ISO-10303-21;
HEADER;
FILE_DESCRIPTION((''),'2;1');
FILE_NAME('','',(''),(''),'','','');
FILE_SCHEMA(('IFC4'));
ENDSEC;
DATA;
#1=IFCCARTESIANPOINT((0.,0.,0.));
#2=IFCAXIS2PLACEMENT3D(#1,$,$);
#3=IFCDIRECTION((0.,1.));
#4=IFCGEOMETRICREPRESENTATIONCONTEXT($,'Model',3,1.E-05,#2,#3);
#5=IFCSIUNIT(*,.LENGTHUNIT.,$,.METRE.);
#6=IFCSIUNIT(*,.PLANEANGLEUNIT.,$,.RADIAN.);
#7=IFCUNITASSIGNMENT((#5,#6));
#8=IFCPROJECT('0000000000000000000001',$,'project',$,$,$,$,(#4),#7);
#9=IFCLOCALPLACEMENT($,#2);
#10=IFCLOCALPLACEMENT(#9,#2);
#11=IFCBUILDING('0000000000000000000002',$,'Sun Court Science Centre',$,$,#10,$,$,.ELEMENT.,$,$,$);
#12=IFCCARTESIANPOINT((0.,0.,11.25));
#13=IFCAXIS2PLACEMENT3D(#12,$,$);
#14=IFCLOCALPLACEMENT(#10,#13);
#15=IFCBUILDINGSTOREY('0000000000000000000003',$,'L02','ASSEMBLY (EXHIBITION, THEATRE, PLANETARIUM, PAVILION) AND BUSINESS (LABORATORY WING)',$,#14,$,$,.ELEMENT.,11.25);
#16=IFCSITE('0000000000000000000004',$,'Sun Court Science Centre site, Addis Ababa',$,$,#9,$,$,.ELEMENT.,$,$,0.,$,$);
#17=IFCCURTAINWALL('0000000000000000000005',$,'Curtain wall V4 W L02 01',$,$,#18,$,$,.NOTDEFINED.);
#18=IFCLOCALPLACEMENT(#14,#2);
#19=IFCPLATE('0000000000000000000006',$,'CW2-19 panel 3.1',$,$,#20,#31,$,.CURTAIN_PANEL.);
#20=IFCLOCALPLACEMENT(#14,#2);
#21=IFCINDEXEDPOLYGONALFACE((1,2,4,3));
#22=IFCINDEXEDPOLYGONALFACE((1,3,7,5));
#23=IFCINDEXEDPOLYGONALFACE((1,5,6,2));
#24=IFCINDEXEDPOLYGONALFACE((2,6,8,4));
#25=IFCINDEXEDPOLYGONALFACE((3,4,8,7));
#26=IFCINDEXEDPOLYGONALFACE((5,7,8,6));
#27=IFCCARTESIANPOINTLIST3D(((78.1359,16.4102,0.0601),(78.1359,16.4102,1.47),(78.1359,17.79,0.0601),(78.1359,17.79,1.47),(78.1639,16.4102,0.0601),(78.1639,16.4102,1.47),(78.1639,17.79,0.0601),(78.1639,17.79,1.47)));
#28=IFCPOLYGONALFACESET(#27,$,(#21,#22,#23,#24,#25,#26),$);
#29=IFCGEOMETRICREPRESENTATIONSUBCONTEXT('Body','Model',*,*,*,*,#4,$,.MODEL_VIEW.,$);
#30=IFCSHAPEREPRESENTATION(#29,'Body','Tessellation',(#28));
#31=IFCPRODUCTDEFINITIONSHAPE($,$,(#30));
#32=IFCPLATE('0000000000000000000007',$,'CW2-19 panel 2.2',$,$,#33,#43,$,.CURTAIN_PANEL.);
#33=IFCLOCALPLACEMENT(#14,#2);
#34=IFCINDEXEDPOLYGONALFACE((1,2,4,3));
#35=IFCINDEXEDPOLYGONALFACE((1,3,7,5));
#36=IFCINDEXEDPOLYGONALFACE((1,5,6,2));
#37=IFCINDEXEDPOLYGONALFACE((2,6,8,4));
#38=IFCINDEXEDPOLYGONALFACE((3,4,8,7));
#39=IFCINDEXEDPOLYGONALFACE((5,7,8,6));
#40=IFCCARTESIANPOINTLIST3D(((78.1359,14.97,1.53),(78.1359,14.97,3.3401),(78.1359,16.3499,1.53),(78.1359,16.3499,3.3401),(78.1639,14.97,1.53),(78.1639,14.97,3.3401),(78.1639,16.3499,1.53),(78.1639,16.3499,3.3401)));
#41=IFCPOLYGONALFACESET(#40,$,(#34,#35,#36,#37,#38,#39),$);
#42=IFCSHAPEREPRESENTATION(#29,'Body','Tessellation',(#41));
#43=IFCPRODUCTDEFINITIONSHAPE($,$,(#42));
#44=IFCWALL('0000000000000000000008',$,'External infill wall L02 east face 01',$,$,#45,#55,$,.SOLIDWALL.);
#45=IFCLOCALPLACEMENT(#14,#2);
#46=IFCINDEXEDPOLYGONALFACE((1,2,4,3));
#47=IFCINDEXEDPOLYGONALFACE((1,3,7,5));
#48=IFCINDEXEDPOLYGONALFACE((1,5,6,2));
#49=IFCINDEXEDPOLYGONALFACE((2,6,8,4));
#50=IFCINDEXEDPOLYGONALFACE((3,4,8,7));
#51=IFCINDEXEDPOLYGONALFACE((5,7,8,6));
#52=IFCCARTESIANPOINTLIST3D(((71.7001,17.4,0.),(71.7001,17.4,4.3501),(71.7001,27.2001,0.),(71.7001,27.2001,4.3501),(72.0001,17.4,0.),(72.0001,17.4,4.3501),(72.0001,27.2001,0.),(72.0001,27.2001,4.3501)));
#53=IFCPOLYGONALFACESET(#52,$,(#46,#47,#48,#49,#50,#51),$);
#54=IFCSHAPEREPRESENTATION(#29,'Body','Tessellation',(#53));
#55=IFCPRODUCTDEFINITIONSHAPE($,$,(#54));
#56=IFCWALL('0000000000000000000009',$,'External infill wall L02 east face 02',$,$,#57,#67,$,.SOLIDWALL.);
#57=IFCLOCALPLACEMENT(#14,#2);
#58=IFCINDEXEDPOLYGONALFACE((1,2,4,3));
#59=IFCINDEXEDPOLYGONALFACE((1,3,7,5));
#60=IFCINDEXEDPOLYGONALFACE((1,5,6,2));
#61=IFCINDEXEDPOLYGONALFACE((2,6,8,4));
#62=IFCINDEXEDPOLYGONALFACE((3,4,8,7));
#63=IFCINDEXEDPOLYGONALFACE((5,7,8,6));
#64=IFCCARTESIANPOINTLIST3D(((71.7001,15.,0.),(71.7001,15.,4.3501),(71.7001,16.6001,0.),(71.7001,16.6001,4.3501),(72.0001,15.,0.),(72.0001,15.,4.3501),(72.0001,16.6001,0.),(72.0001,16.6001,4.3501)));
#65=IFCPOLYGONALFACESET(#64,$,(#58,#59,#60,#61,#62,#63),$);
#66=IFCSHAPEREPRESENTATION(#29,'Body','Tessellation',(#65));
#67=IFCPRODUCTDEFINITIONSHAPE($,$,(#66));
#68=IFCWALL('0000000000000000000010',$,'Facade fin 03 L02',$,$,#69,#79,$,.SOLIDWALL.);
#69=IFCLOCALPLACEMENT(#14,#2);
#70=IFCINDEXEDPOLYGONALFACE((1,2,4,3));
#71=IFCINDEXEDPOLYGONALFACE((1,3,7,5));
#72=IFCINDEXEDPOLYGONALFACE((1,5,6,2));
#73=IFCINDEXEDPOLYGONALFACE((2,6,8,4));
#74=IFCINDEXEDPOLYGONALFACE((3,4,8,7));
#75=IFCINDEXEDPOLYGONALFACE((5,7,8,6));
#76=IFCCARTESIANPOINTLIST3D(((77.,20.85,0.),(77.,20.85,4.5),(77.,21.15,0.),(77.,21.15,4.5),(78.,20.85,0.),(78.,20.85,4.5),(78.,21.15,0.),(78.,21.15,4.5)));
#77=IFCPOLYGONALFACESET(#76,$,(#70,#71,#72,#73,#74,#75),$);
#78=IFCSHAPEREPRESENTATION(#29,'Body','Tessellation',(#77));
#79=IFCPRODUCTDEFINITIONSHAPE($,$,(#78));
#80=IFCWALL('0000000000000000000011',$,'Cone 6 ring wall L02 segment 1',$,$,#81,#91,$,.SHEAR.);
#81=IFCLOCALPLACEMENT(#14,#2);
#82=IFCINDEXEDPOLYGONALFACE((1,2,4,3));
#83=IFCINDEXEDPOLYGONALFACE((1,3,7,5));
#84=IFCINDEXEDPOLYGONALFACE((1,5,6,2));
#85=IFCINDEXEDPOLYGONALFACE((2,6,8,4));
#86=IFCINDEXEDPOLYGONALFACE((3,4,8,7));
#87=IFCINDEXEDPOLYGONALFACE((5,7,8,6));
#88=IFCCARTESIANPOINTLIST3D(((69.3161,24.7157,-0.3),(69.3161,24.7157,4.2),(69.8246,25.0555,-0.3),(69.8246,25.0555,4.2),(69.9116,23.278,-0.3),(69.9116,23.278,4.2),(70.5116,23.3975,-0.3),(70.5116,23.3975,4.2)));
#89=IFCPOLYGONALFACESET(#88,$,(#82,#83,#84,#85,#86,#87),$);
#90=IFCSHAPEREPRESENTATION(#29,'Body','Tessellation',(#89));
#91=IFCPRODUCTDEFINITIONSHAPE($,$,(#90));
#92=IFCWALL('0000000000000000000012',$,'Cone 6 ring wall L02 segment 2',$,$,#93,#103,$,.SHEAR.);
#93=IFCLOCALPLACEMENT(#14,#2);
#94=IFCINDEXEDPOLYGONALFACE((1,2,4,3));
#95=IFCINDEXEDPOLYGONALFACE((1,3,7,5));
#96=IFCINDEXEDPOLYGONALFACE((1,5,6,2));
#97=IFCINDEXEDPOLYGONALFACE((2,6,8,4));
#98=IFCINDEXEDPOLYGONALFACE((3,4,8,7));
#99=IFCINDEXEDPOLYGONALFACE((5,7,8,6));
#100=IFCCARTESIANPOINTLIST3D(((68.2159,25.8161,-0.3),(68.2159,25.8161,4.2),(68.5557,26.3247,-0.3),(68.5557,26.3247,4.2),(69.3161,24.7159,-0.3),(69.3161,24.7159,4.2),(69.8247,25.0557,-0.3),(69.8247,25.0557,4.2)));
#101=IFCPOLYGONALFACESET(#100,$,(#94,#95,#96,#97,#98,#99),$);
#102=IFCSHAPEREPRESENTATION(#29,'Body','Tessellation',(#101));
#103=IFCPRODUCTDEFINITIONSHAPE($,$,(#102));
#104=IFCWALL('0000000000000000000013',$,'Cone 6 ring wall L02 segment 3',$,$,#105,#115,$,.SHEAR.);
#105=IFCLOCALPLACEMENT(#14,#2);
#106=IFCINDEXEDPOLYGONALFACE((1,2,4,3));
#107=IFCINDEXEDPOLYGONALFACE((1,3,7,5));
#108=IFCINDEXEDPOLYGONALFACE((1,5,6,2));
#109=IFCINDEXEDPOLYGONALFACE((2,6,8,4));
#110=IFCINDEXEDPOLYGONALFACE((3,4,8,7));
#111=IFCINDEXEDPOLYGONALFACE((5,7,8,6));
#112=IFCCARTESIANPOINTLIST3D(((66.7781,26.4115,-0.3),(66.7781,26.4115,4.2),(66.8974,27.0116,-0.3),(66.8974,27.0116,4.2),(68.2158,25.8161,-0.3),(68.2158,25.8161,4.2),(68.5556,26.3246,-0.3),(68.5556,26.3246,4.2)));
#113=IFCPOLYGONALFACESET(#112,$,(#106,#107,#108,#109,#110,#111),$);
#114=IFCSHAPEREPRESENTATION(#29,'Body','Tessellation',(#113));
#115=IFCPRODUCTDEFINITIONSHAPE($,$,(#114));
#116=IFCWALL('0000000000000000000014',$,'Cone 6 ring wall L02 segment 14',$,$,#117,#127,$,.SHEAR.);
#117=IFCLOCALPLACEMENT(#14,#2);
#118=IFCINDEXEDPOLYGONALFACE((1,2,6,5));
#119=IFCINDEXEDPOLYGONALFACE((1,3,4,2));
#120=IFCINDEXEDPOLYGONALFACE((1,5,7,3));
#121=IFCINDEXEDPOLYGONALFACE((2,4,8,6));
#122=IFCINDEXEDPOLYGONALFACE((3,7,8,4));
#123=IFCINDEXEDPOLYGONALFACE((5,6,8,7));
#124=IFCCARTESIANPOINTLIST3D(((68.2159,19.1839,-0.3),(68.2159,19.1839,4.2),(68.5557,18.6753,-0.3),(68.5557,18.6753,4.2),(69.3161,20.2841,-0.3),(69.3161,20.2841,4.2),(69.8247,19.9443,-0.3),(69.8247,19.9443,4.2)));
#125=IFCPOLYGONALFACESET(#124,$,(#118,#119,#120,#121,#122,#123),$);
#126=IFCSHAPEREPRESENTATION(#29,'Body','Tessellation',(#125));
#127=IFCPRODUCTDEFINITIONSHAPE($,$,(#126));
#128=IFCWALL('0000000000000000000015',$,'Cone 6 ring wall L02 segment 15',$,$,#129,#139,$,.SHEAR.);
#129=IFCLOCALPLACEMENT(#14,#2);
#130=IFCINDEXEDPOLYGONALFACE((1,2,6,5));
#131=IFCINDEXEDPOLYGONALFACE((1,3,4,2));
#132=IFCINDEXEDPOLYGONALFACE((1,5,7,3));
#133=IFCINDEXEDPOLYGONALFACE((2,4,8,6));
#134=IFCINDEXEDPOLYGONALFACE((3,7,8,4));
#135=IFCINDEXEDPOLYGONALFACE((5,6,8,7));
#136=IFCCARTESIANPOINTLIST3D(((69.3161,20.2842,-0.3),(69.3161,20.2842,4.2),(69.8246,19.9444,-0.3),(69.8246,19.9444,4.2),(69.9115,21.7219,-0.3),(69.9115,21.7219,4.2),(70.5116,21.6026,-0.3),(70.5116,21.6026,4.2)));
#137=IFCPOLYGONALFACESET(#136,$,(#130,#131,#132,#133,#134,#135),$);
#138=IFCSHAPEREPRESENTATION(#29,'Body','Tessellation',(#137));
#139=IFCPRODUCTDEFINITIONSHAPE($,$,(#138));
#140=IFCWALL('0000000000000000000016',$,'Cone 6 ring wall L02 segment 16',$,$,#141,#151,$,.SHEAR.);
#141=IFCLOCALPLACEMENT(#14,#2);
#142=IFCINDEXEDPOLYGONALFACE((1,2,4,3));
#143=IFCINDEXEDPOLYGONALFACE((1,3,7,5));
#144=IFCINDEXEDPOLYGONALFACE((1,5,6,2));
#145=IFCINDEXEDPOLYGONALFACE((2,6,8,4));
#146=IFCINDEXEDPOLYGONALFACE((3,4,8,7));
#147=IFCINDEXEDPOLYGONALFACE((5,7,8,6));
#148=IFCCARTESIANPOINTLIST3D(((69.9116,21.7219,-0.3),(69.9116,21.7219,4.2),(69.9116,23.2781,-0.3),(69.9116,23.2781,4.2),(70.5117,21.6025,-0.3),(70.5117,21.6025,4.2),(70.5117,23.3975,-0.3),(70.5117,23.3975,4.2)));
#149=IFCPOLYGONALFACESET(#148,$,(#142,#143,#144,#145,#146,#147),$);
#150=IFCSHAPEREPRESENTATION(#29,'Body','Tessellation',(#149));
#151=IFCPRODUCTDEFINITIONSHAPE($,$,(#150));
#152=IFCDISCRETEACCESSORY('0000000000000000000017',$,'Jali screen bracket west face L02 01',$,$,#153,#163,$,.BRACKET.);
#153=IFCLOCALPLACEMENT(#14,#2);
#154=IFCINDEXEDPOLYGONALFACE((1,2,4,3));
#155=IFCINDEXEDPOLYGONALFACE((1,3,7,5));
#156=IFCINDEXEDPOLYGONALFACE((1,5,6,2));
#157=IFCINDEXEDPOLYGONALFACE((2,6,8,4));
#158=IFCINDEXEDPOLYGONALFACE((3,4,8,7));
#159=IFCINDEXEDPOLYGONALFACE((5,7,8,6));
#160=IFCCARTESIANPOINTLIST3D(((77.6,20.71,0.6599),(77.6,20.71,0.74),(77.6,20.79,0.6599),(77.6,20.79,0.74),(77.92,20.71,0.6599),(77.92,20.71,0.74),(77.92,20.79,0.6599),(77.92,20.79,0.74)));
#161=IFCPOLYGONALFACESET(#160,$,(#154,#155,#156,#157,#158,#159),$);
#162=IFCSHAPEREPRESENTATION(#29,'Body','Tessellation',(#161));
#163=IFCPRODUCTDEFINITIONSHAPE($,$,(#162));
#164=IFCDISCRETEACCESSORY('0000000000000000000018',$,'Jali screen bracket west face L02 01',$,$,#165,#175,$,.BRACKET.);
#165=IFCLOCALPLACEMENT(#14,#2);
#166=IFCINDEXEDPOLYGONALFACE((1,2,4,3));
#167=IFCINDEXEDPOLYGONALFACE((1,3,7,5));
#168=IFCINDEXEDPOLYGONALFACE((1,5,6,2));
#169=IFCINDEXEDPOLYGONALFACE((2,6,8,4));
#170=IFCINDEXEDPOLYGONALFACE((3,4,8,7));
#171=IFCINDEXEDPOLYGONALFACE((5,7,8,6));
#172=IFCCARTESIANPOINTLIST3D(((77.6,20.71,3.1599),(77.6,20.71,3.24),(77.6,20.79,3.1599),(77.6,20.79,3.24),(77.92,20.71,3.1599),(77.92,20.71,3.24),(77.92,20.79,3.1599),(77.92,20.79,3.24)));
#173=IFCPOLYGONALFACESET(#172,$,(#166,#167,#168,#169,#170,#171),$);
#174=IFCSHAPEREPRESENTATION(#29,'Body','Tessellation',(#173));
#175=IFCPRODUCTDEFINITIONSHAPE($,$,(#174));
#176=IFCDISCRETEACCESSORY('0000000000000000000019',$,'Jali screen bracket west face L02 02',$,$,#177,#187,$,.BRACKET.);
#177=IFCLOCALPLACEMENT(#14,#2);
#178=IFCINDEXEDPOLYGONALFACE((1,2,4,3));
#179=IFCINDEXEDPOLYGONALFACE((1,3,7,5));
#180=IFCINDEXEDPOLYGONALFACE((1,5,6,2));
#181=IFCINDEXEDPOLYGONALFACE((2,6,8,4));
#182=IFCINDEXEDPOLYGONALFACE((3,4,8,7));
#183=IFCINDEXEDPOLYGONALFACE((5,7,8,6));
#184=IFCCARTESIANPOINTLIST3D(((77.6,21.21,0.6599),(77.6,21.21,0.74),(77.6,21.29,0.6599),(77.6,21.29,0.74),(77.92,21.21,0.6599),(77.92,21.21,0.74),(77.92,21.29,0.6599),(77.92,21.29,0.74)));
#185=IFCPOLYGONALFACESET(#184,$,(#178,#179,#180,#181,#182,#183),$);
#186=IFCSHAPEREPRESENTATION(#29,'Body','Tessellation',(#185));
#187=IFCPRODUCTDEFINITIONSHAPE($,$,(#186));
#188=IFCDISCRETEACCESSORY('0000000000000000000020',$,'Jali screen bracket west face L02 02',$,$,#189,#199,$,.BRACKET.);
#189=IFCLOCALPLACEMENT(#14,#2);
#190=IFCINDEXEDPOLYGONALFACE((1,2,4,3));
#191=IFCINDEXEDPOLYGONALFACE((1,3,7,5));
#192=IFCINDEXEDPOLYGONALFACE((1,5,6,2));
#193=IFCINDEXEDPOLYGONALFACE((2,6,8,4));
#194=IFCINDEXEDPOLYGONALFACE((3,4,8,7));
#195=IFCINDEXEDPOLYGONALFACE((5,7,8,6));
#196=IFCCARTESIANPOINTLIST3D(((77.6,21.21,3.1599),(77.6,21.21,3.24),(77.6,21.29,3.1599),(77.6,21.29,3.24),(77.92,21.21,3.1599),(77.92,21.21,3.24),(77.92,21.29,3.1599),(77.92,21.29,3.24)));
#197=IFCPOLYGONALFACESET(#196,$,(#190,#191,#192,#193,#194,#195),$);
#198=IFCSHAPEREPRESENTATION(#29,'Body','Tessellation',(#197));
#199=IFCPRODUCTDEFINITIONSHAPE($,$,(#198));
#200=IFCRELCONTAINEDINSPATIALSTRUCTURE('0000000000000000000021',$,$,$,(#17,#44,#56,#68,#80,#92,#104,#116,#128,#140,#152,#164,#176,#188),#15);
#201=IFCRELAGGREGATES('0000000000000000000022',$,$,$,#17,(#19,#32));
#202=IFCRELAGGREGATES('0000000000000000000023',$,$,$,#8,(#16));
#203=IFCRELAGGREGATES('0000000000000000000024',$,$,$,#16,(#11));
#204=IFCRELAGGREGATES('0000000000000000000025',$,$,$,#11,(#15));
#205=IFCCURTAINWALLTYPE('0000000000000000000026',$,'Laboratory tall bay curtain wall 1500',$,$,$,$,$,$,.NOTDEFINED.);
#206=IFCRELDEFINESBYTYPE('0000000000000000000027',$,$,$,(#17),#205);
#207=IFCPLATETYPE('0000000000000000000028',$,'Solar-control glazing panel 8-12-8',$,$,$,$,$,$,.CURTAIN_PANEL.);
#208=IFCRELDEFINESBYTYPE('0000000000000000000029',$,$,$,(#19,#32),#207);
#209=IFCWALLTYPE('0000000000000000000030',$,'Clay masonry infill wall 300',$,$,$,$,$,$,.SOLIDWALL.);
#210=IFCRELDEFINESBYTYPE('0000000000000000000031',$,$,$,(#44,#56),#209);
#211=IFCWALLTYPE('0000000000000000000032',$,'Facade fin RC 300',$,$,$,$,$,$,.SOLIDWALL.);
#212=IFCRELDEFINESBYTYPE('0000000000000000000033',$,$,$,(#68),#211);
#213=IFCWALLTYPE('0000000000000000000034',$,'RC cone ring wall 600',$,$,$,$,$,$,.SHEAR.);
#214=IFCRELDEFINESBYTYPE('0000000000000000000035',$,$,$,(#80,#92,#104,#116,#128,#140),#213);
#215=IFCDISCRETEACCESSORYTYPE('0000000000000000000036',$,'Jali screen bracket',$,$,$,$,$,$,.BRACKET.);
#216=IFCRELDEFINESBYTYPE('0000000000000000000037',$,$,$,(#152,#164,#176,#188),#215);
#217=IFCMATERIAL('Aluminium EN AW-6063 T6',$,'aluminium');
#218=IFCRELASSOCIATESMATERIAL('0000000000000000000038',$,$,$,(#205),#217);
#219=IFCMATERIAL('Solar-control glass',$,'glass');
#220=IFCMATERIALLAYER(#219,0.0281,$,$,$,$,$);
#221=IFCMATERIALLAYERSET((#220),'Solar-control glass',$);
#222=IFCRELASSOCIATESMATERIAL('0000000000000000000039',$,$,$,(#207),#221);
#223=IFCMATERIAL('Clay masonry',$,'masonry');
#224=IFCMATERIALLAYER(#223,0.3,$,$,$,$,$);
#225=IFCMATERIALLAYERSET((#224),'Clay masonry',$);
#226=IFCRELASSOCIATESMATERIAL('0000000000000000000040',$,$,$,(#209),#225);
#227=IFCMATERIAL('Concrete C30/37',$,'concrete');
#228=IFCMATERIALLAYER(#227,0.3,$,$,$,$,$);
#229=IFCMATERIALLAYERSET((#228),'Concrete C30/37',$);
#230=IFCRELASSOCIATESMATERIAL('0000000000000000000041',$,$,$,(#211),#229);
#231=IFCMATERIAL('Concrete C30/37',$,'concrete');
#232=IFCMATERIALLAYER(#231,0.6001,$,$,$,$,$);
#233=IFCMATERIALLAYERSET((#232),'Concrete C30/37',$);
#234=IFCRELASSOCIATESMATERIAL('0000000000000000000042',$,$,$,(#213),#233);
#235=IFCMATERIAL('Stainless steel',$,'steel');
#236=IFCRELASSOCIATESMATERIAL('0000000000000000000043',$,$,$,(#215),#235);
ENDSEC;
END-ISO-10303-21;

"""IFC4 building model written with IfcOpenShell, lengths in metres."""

from ifc_helpers import new_model, si_unit, direction, frame, frame_2d, origin, origin_2d, place, context, subcontext, project, spatial, polyline, rectangle, outline, extrude, material, layer, layer_set, type_object, element, aggregate, save


model = new_model("IFC4")

# Units and contexts
model_context = context("Model", 3, precision=1e-05, world=origin(), true_north=direction((0.0, 1.0)))
body_context = subcontext(model_context, "Body", "Model", "MODEL_VIEW")
ifc_project = project(units=[si_unit("LENGTHUNIT", "METRE"), si_unit("PLANEANGLEUNIT", "RADIAN")], contexts=[model_context])

# Site, building, storey
site_placement = place(None, origin())
site = spatial("IfcSite", under=ifc_project, at=site_placement, Name="Sun Court Science Centre site, Addis Ababa", CompositionType="ELEMENT", RefElevation=0.0)
building_placement = place(site_placement, origin())
building = spatial("IfcBuilding", under=site, at=building_placement, Name="Sun Court Science Centre", CompositionType="ELEMENT")
storey_placement = place(building_placement, frame((0.0, 0.0, 11.25)))
storey = spatial("IfcBuildingStorey", under=building, at=storey_placement, Name="L02", Description="ASSEMBLY (EXHIBITION, THEATRE, PLANETARIUM, PAVILION) AND BUSINESS (LABORATORY WING)", CompositionType="ELEMENT", Elevation=11.25)

# Curtain wall
ifc_material_1 = material(Name="Aluminium EN AW-6063 T6", Category="aluminium")
curtain_wall_type = type_object("IfcCurtainWallType", Name="Laboratory tall bay curtain wall 1500", PredefinedType="NOTDEFINED", material=ifc_material_1)
curtain_wall_placement = place(storey_placement, origin())
curtain_wall = element("IfcCurtainWall", 1, at=curtain_wall_placement, inside=storey, type_object=curtain_wall_type, Name="Curtain wall V4 W L02 01", PredefinedType="NOTDEFINED")

# Plates
ifc_material_2 = material(Name="Solar-control glass", Category="glass")
ifc_layer_1 = layer(ifc_material_2, 0.0281)
ifc_layer_set_1 = layer_set([ifc_layer_1], Name="Solar-control glass")
plate_type = type_object("IfcPlateType", Name="Solar-control glazing panel 8-12-8", PredefinedType="CURTAIN_PANEL", material=ifc_layer_set_1)
plate_1_placement = place(storey_placement, frame((78.1499, 17.1001, 0.0601), z_axis=(0.0, 0.0, 1.0), x_axis=(0.0, 1.0, 0.0)))
plate_1 = element("IfcPlate", 2, at=plate_1_placement, type_object=plate_type, Name="CW2-19 panel 3.1", PredefinedType="CURTAIN_PANEL", context=body_context, shape_type="SweptSolid", body=[
    extrude(rectangle(XDim=1.3799, YDim=0.0281, at=origin_2d()), origin(), (0.0, 0.0, 1.0), 1.4099),
])
plate_2_placement = place(storey_placement, frame((78.1499, 15.6599, 1.53), z_axis=(0.0, 0.0, 1.0), x_axis=(0.0, 1.0, 0.0)))
plate_2 = element("IfcPlate", 3, at=plate_2_placement, type_object=plate_type, Name="CW2-19 panel 2.2", PredefinedType="CURTAIN_PANEL", context=body_context, shape_type="SweptSolid", body=[
    extrude(rectangle(XDim=1.3799, YDim=0.0281, at=origin_2d()), origin(), (0.0, 0.0, 1.0), 1.8101),
])
aggregate(curtain_wall, [plate_1, plate_2])

# Walls
ifc_material_3 = material(Name="Clay masonry", Category="masonry")
ifc_layer_2 = layer(ifc_material_3, 0.3)
ifc_layer_set_2 = layer_set([ifc_layer_2], Name="Clay masonry")
wall_type_1 = type_object("IfcWallType", Name="Clay masonry infill wall 300", PredefinedType="SOLIDWALL", material=ifc_layer_set_2)
wall_1_placement = place(storey_placement, frame((71.8501, 27.2, 0.0), z_axis=(0.0, 0.0, 1.0), x_axis=(0.0, -1.0, 0.0)))
element("IfcWall", 4, at=wall_1_placement, inside=storey, type_object=wall_type_1, Name="External infill wall L02 east face 01", PredefinedType="SOLIDWALL", context=body_context, shape_type="SweptSolid", body=[
    extrude(rectangle(XDim=9.8, YDim=0.3, at=frame_2d((4.8999, 0.0))), origin(), (0.0, 0.0, 1.0), 4.3501),
])
wall_2_placement = place(storey_placement, frame((71.8501, 16.6001, 0.0), z_axis=(0.0, 0.0, 1.0), x_axis=(0.0, -1.0, 0.0)))
element("IfcWall", 5, at=wall_2_placement, inside=storey, type_object=wall_type_1, Name="External infill wall L02 east face 02", PredefinedType="SOLIDWALL", context=body_context, shape_type="SweptSolid", body=[
    extrude(rectangle(XDim=1.6001, YDim=0.3, at=frame_2d((0.8, 0.0))), origin(), (0.0, 0.0, 1.0), 4.3501),
])
ifc_material_4 = material(Name="Concrete C30/37", Category="concrete")
ifc_layer_3 = layer(ifc_material_4, 0.3)
ifc_layer_set_3 = layer_set([ifc_layer_3], Name="Concrete C30/37")
wall_type_2 = type_object("IfcWallType", Name="Facade fin RC 300", PredefinedType="SOLIDWALL", material=ifc_layer_set_3)
wall_3_placement = place(storey_placement, frame((77.0, 21.0, 0.0), z_axis=(0.0, 0.0, 1.0), x_axis=(1.0, 0.0, 0.0)))
element("IfcWall", 6, at=wall_3_placement, inside=storey, type_object=wall_type_2, Name="Facade fin 03 L02", PredefinedType="SOLIDWALL", context=body_context, shape_type="SweptSolid", body=[
    extrude(rectangle(XDim=1.0, YDim=0.3, at=frame_2d((0.5, 0.0))), origin(), (0.0, 0.0, 1.0), 4.5),
])
ifc_material_5 = material(Name="Concrete C30/37", Category="concrete")
ifc_layer_4 = layer(ifc_material_5, 0.6001)
ifc_layer_set_4 = layer_set([ifc_layer_4], Name="Concrete C30/37")
wall_type_3 = type_object("IfcWallType", Name="RC cone ring wall 600", PredefinedType="SHEAR", material=ifc_layer_set_4)
wall_4_placement = place(storey_placement, frame((70.2344, 23.2827, -0.3), z_axis=(0.0, 0.0, 1.0), x_axis=(-0.382644, 0.923896, 0.0)))
element("IfcWall", 7, at=wall_4_placement, inside=storey, type_object=wall_type_3, Name="Cone 6 ring wall L02 segment 1", PredefinedType="SHEAR", context=body_context, shape_type="SweptSolid", body=[
    extrude(outline(polyline([(0.0, -0.3), (1.7947, -0.2998), (1.6753, 0.3), (0.1191, 0.3), (0.0, -0.3)])), origin(), (0.0, 0.0, 1.0), 4.5),
])
wall_5_placement = place(storey_placement, frame((69.6125, 24.8435, -0.3), z_axis=(0.0, 0.0, 1.0), x_axis=(-0.707107, 0.707107, 0.0)))
element("IfcWall", 8, at=wall_5_placement, inside=storey, type_object=wall_type_3, Name="Cone 6 ring wall L02 segment 2", PredefinedType="SHEAR", context=body_context, shape_type="SweptSolid", body=[
    extrude(outline(polyline([(0.0, -0.3), (1.7947, -0.3), (1.6753, 0.2998), (0.1194, 0.2998), (0.0, -0.3)])), origin(), (0.0, 0.0, 1.0), 4.5),
])
wall_6_placement = place(storey_placement, frame((68.4409, 26.0476, -0.3), z_axis=(0.0, 0.0, 1.0), x_axis=(-0.923896, 0.382644, 0.0)))
element("IfcWall", 9, at=wall_6_placement, inside=storey, type_object=wall_type_3, Name="Cone 6 ring wall L02 segment 3", PredefinedType="SHEAR", context=body_context, shape_type="SweptSolid", body=[
    extrude(outline(polyline([(0.0, -0.2998), (1.7949, -0.3), (1.6755, 0.3), (0.1194, 0.3), (0.0, -0.2998)])), origin(), (0.0, 0.0, 1.0), 4.5),
])
wall_7_placement = place(storey_placement, frame((68.3435, 18.8875, -0.3), z_axis=(0.0, 0.0, 1.0), x_axis=(0.707107, 0.707107, 0.0)))
element("IfcWall", 10, at=wall_7_placement, inside=storey, type_object=wall_type_3, Name="Cone 6 ring wall L02 segment 14", PredefinedType="SHEAR", context=body_context, shape_type="SweptSolid", body=[
    extrude(outline(polyline([(0.0, -0.3), (1.7947, -0.3), (1.6753, 0.2998), (0.1194, 0.2998), (0.0, -0.3)])), origin(), (0.0, 0.0, 1.0), 4.5),
])
wall_8_placement = place(storey_placement, frame((69.5476, 20.0591, -0.3), z_axis=(0.0, 0.0, 1.0), x_axis=(0.382644, 0.923896, 0.0)))
element("IfcWall", 11, at=wall_8_placement, inside=storey, type_object=wall_type_3, Name="Cone 6 ring wall L02 segment 15", PredefinedType="SHEAR", context=body_context, shape_type="SweptSolid", body=[
    extrude(outline(polyline([(0.0, -0.2998), (1.7949, -0.3), (1.6755, 0.3), (0.1194, 0.3), (0.0, -0.2998)])), origin(), (0.0, 0.0, 1.0), 4.5),
])
wall_9_placement = place(storey_placement, frame((70.2117, 21.6025, -0.3), z_axis=(0.0, 0.0, 1.0), x_axis=(0.0, 1.0, 0.0)))
element("IfcWall", 12, at=wall_9_placement, inside=storey, type_object=wall_type_3, Name="Cone 6 ring wall L02 segment 16", PredefinedType="SHEAR", context=body_context, shape_type="SweptSolid", body=[
    extrude(outline(polyline([(0.0, -0.3), (1.7949, -0.3), (1.6755, 0.3), (0.1194, 0.3), (0.0, -0.3)])), origin(), (0.0, 0.0, 1.0), 4.5),
])

# Discrete accessories
ifc_material_6 = material(Name="Stainless steel", Category="steel")
discrete_accessory_type = type_object("IfcDiscreteAccessoryType", Name="Jali screen bracket", PredefinedType="BRACKET", material=ifc_material_6)
for number, where, z_axis, x_axis, name in (
    (13, (77.76, 20.75, 0.6599), (0.0, 0.0, 1.0), (0.0, 1.0, 0.0), "Jali screen bracket west face L02 01"),
    (14, (77.76, 20.75, 3.1599), (0.0, 0.0, 1.0), (0.0, 1.0, 0.0), "Jali screen bracket west face L02 01"),
    (15, (77.76, 21.25, 0.6599), (0.0, 0.0, 1.0), (0.0, 1.0, 0.0), "Jali screen bracket west face L02 02"),
    (16, (77.76, 21.25, 3.1599), (0.0, 0.0, 1.0), (0.0, 1.0, 0.0), "Jali screen bracket west face L02 02"),
):
    element("IfcDiscreteAccessory", number, at=place(storey_placement, frame(where, z_axis=z_axis, x_axis=x_axis)), inside=storey, type_object=discrete_accessory_type, Name=name, PredefinedType="BRACKET", context=body_context, shape_type="SweptSolid", body=[
        extrude(rectangle(XDim=0.0801, YDim=0.3201, at=origin_2d()), origin(), (0.0, 0.0, 1.0), 0.0801),
    ])

save(model, "model.ifc")
